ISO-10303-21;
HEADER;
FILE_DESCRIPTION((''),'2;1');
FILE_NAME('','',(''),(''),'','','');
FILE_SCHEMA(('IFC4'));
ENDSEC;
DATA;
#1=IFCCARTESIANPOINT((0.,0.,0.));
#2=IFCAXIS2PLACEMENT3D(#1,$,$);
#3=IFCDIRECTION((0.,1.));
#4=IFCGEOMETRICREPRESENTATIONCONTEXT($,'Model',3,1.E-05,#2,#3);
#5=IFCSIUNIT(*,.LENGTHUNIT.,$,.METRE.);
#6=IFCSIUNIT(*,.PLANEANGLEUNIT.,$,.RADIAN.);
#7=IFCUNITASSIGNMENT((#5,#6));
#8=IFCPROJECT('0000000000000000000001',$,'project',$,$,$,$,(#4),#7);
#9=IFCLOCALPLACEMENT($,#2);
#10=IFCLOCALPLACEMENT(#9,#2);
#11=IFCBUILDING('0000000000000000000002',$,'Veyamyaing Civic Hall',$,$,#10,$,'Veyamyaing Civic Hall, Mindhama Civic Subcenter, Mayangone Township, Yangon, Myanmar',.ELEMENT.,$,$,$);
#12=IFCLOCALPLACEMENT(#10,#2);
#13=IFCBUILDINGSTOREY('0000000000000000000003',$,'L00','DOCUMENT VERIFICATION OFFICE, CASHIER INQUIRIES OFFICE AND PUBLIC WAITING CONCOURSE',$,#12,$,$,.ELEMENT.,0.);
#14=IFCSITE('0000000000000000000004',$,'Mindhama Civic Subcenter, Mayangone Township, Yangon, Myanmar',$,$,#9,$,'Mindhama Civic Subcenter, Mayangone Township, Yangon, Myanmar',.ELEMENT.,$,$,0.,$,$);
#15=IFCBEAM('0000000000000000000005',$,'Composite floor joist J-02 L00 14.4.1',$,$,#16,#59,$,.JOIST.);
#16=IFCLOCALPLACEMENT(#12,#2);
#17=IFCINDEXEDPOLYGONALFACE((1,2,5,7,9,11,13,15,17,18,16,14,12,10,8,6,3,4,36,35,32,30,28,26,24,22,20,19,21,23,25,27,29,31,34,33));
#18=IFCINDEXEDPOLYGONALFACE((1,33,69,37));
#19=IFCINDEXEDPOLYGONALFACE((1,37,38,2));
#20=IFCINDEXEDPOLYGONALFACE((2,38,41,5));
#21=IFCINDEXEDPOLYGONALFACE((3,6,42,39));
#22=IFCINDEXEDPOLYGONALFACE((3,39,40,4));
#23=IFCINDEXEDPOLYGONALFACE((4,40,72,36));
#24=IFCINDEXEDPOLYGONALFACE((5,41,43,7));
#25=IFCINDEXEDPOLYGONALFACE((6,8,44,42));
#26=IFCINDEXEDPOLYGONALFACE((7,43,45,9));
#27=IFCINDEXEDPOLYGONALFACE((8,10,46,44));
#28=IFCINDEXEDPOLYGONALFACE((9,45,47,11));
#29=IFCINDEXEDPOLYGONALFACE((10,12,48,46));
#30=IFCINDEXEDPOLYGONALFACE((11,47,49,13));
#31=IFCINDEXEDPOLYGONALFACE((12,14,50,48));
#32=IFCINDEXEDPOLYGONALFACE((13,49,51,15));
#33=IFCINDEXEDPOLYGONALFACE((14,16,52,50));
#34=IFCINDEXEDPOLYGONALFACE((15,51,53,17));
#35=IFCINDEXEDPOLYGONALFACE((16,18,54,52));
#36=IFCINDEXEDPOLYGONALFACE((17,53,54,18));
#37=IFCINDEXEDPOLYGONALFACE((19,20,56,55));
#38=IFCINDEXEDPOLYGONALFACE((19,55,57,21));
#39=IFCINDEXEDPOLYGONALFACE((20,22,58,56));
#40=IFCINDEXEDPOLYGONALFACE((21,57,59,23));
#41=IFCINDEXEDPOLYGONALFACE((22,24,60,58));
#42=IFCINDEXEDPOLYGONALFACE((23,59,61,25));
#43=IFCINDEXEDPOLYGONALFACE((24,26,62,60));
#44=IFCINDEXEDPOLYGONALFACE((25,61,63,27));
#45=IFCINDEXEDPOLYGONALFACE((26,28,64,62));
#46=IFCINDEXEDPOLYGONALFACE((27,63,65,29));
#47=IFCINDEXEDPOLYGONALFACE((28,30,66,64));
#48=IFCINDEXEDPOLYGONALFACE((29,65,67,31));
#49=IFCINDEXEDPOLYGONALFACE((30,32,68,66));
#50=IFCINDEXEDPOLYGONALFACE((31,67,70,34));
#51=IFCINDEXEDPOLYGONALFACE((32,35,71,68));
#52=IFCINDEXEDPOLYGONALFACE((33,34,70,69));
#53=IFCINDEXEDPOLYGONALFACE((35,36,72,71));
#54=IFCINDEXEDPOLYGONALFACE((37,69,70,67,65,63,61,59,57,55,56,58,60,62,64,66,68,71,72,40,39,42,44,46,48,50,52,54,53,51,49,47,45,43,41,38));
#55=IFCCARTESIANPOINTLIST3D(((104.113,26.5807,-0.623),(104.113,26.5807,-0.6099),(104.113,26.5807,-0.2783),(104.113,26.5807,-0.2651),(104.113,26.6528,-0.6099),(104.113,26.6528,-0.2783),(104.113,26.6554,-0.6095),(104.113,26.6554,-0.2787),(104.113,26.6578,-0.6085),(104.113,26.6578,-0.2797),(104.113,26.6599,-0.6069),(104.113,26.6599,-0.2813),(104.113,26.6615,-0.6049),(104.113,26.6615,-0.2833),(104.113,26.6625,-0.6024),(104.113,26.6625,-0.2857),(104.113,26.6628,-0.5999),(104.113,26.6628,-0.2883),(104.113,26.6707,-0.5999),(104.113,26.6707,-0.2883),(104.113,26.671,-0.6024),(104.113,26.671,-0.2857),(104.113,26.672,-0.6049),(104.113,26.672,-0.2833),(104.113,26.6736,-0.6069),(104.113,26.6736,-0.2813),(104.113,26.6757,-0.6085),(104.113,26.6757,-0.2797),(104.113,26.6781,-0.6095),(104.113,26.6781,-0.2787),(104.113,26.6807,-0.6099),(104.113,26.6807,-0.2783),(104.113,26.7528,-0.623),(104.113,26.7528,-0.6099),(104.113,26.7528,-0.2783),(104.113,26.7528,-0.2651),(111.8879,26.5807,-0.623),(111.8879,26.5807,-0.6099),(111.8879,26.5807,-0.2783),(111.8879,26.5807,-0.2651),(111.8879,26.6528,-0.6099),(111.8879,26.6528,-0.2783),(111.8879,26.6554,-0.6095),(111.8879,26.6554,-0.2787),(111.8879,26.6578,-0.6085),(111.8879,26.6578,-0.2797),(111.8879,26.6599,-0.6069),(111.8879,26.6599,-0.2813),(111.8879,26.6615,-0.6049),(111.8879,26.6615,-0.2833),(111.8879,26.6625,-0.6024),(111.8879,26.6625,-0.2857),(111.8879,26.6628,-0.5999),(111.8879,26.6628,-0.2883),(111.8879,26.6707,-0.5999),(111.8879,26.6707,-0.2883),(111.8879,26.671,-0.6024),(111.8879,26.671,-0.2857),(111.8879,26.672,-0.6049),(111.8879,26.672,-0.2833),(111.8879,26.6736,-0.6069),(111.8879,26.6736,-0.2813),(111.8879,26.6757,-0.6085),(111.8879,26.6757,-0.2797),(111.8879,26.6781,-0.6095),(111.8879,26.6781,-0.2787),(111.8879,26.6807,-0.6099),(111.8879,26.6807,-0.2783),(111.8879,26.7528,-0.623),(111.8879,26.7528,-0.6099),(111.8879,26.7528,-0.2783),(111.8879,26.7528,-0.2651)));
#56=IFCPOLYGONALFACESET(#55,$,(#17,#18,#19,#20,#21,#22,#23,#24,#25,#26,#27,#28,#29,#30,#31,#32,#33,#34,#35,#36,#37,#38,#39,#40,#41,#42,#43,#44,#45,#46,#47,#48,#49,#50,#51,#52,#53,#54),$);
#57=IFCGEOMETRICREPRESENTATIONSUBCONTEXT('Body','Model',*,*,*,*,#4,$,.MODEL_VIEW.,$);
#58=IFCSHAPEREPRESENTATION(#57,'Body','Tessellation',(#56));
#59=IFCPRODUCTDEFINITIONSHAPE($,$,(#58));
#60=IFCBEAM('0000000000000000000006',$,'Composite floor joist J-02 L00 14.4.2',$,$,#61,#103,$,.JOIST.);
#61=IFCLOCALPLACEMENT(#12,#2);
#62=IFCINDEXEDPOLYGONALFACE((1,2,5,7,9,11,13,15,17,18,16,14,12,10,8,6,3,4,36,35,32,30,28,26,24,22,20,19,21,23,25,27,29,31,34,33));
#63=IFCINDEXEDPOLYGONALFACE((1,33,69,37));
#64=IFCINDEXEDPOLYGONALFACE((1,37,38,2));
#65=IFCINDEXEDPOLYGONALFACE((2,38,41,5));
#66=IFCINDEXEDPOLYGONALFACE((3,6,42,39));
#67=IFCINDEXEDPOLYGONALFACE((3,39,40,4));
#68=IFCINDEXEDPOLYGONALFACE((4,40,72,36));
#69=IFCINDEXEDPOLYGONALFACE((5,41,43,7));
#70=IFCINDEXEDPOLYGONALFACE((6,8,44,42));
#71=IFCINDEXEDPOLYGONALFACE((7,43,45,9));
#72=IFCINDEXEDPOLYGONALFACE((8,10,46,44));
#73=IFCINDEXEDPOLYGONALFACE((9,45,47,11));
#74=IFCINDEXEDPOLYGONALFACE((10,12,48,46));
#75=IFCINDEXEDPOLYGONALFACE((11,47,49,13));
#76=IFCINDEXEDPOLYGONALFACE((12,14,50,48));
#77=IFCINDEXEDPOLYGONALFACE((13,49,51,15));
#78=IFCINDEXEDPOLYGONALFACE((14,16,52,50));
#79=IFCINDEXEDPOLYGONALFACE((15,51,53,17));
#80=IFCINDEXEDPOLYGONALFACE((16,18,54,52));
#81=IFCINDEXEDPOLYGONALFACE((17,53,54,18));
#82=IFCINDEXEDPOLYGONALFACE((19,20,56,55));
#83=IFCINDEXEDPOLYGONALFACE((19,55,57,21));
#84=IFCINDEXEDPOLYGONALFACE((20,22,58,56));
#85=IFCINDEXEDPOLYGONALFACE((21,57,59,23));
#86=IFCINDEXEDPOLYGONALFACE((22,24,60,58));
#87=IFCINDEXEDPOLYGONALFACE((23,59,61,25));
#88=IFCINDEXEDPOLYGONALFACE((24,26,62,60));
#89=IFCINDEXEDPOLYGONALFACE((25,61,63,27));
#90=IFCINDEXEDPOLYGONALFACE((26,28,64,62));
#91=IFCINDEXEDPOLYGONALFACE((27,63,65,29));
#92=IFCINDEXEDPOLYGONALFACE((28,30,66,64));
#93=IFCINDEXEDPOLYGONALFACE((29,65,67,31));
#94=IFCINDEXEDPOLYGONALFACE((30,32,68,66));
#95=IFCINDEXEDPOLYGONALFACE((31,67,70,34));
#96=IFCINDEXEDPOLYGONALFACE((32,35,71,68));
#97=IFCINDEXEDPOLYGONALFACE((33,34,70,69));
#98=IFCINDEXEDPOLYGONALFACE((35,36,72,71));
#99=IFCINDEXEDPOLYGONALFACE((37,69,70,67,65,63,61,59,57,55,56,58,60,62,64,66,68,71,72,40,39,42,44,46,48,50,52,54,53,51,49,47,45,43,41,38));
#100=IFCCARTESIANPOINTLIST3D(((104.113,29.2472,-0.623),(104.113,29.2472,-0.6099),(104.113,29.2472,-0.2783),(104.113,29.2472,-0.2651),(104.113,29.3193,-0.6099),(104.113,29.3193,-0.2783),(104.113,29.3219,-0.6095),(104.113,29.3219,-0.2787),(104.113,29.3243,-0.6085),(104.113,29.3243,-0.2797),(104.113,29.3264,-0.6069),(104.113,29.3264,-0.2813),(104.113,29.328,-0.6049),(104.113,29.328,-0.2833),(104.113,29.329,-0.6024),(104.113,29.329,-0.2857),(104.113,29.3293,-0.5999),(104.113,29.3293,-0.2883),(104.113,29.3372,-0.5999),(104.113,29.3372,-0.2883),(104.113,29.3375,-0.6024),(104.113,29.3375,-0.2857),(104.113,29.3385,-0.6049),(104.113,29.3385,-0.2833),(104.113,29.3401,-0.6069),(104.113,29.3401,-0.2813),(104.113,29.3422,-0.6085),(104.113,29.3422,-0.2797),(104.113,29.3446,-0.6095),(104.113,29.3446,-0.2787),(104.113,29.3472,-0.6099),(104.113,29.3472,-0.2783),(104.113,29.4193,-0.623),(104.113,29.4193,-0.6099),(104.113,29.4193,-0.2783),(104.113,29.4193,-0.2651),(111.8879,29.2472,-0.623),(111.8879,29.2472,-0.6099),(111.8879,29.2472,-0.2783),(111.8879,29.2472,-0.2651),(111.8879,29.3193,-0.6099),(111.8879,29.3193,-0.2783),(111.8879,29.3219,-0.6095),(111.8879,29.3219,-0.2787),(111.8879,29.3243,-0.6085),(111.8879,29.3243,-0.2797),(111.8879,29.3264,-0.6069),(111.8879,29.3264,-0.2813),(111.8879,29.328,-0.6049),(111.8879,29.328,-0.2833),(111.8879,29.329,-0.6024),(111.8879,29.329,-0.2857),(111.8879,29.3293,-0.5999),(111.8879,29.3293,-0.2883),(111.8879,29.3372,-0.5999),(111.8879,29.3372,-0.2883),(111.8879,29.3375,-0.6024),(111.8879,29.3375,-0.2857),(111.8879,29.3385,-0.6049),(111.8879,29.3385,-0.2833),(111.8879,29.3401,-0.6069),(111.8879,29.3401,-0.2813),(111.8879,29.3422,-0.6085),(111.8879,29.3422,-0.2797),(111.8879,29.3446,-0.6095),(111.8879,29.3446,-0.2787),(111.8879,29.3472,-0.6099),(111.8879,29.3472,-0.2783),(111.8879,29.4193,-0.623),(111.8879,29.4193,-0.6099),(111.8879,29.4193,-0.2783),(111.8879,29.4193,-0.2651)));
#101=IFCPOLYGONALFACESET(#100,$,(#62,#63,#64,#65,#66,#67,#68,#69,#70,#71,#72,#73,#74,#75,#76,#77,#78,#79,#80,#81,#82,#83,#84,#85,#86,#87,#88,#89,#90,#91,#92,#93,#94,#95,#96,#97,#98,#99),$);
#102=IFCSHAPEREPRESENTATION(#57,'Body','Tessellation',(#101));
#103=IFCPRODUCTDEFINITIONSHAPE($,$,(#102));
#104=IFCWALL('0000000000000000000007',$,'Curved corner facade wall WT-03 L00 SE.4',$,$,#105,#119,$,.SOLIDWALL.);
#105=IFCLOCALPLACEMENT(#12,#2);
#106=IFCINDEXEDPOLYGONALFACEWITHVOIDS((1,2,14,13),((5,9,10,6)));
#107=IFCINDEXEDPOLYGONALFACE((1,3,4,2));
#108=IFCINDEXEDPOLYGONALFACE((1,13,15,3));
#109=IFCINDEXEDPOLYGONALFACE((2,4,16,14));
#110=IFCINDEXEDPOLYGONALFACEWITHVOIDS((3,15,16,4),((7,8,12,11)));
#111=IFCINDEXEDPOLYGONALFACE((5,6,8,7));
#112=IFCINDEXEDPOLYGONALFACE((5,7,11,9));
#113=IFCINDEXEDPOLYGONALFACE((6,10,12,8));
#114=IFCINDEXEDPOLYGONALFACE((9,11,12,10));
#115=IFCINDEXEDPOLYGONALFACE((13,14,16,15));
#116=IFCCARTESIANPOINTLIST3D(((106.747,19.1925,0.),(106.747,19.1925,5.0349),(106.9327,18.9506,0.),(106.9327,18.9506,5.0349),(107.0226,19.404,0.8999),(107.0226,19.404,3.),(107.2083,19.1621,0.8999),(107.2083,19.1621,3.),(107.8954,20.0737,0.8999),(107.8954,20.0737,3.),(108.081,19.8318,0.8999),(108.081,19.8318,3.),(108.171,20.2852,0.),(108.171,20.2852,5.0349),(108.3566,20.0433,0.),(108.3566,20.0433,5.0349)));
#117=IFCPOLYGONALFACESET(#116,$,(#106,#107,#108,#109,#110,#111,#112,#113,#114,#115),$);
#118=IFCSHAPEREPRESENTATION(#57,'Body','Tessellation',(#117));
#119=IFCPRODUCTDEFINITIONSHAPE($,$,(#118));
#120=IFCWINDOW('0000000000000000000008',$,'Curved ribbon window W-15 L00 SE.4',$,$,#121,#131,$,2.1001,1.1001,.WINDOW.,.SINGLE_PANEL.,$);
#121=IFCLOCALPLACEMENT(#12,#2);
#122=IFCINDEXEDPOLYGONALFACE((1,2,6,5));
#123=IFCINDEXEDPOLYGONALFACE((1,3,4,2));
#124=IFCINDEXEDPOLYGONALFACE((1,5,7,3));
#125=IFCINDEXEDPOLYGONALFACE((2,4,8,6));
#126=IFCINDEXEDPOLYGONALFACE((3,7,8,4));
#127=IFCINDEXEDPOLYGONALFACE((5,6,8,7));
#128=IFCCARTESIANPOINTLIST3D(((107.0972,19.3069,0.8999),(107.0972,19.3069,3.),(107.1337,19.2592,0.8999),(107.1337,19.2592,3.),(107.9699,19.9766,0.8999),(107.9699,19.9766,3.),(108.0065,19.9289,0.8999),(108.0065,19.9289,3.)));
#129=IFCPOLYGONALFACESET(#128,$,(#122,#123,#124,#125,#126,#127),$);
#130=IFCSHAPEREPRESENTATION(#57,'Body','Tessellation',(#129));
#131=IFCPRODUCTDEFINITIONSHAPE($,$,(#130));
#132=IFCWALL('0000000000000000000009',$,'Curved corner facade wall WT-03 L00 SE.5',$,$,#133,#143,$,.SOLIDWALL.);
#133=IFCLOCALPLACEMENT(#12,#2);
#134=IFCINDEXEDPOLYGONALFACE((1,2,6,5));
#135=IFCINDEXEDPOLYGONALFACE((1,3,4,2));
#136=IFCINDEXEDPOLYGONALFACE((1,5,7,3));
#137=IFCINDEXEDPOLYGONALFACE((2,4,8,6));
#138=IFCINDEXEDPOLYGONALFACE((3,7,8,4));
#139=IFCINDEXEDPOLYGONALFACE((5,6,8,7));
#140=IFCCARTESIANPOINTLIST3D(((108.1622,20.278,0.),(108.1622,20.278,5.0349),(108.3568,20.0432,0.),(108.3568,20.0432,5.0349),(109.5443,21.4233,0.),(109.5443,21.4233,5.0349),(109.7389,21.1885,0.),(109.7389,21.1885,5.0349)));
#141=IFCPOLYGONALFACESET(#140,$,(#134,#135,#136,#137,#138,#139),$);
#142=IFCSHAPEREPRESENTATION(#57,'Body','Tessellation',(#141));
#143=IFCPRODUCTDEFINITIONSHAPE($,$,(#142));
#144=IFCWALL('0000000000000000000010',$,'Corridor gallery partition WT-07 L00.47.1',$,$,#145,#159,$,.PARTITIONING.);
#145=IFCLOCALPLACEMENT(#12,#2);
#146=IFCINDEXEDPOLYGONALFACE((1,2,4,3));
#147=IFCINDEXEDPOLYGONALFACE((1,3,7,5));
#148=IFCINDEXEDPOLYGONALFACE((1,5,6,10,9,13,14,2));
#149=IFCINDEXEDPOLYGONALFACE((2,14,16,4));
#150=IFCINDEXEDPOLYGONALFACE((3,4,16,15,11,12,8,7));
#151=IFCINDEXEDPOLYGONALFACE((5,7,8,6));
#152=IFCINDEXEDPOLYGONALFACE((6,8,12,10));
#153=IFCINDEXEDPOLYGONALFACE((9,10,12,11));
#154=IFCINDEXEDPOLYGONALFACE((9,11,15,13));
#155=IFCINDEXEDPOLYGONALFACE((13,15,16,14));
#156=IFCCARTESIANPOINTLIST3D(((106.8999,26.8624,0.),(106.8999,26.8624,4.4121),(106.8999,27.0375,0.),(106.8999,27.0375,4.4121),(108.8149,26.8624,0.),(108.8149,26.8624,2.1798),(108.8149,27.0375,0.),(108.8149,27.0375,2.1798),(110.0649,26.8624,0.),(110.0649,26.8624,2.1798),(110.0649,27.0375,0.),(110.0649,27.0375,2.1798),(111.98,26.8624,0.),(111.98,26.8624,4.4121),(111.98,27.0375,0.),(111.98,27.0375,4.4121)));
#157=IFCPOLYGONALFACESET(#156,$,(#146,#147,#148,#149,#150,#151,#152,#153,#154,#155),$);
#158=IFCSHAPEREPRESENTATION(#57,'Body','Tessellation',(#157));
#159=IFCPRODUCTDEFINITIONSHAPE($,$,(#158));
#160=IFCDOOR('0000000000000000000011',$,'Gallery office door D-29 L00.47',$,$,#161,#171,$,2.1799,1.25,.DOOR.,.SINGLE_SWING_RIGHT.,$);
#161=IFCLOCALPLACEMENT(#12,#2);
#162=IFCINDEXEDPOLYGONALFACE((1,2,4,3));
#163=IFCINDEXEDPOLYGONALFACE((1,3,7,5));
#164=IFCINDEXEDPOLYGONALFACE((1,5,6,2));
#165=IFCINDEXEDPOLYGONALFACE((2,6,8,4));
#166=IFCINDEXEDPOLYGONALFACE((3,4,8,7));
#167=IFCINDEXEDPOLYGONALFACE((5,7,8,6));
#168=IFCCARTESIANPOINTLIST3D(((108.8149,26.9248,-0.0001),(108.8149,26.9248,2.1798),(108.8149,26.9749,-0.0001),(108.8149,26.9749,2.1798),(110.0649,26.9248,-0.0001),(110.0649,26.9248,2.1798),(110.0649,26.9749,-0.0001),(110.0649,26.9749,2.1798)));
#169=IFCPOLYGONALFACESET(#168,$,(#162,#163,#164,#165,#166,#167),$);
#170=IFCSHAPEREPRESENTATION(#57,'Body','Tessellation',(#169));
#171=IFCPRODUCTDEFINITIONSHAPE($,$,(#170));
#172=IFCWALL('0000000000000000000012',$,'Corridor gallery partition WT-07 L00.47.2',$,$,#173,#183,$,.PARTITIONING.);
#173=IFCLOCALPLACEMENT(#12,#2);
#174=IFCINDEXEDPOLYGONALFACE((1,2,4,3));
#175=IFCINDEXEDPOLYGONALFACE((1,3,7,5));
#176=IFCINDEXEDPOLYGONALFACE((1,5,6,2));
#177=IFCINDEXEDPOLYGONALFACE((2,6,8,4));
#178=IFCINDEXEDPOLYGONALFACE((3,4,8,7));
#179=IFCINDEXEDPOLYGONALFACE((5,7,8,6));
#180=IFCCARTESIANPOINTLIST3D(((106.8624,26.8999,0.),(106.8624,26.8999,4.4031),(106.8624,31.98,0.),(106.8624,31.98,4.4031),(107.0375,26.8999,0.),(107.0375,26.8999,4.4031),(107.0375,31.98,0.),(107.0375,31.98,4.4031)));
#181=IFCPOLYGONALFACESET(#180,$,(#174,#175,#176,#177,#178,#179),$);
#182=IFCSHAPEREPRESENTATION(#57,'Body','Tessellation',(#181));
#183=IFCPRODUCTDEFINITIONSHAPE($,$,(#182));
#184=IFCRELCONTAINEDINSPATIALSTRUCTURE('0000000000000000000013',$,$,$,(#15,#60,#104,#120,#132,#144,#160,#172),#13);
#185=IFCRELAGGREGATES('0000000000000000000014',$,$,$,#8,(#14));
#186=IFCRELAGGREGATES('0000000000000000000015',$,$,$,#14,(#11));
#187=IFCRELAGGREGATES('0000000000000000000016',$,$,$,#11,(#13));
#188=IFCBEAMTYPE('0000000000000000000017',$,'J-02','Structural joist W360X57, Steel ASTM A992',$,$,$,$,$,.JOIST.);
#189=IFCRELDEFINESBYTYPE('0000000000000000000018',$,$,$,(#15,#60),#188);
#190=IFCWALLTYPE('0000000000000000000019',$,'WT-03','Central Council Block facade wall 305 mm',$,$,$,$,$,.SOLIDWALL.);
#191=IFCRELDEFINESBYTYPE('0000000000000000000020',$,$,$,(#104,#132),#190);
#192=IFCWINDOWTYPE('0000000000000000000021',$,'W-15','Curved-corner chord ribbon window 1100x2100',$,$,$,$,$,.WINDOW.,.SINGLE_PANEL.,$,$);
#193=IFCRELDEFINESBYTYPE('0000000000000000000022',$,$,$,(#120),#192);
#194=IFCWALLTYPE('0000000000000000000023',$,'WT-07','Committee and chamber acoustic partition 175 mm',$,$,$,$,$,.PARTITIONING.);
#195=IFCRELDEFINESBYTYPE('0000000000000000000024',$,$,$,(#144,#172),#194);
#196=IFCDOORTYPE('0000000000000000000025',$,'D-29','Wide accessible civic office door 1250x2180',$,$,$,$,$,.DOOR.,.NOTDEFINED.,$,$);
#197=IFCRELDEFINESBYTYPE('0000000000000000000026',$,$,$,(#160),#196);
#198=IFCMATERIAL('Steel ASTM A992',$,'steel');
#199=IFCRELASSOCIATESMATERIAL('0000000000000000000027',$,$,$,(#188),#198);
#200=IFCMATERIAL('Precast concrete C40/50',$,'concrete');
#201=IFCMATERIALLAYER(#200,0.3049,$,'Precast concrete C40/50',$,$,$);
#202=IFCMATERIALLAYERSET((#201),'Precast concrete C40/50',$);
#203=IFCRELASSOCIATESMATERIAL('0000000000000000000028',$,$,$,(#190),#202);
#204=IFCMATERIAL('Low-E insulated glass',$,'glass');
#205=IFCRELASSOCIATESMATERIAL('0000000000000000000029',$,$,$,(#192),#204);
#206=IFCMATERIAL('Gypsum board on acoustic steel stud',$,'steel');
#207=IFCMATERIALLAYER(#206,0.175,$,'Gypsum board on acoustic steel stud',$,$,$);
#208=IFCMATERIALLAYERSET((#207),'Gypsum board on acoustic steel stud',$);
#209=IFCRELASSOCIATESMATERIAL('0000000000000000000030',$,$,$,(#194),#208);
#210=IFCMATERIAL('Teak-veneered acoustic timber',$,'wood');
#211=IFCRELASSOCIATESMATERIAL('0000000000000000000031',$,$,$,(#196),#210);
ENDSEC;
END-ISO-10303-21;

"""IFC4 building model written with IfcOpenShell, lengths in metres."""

from ifc_helpers import new_model, si_unit, direction, frame, frame_2d, origin, origin_2d, place, context, subcontext, project, spatial, rectangle, i_section, extrude, material, layer, layer_set, material_profile, profile_set, type_object, element, fill, save


model = new_model("IFC4")

# Units and contexts
model_context = context("Model", 3, precision=1e-05, world=origin(), true_north=direction((0.0, 1.0)))
body_context = subcontext(model_context, "Body", "Model", "MODEL_VIEW")
ifc_project = project(units=[si_unit("LENGTHUNIT", "METRE"), si_unit("PLANEANGLEUNIT", "RADIAN")], contexts=[model_context])

# Site, building, storey
site_placement = place(None, origin())
site = spatial("IfcSite", under=ifc_project, at=site_placement, Name="Mindhama Civic Subcenter, Mayangone Township, Yangon, Myanmar", LongName="Mindhama Civic Subcenter, Mayangone Township, Yangon, Myanmar", CompositionType="ELEMENT", RefElevation=0.0)
building_placement = place(site_placement, origin())
building = spatial("IfcBuilding", under=site, at=building_placement, Name="Veyamyaing Civic Hall", LongName="Veyamyaing Civic Hall, Mindhama Civic Subcenter, Mayangone Township, Yangon, Myanmar", CompositionType="ELEMENT")
storey_placement = place(building_placement, origin())
storey = spatial("IfcBuildingStorey", under=building, at=storey_placement, Name="L00", Description="DOCUMENT VERIFICATION OFFICE, CASHIER INQUIRIES OFFICE AND PUBLIC WAITING CONCOURSE", CompositionType="ELEMENT", Elevation=0.0)

# Beams
ifc_material_1 = material(Name="Steel ASTM A992", Category="steel")
ifc_material_profile_1 = material_profile(ifc_material_1, i_section(OverallWidth=0.1721, OverallDepth=0.3579, WebThickness=0.0078, FlangeThickness=0.0132, FilletRadius=0.01, at=origin_2d()), Name="W360X57")
ifc_profile_set_1 = profile_set([ifc_material_profile_1], Name="Steel ASTM A992")
beam_type_1 = type_object("IfcBeamType", Name="J-02", Description="Structural joist W360X57, Steel ASTM A992", PredefinedType="JOIST", material=ifc_profile_set_1)
for number, where, z_axis, x_axis, name in (
    (1, (104.113, 26.6667, -0.4441), (1.0, 0.0, 0.0), (0.0, 1.0, 0.0), "Composite floor joist J-02 L00 14.4.1"),
    (2, (104.113, 29.3333, -0.4441), (1.0, 0.0, 0.0), (0.0, 1.0, 0.0), "Composite floor joist J-02 L00 14.4.2"),
):
    element("IfcBeam", number, at=place(storey_placement, frame(where, z_axis=z_axis, x_axis=x_axis)), inside=storey, type_object=beam_type_1, Name=name, PredefinedType="JOIST", context=body_context, shape_type="SweptSolid", body=[
        extrude(i_section(OverallWidth=0.1721, OverallDepth=0.3579, WebThickness=0.0078, FlangeThickness=0.0132, FilletRadius=0.01, at=origin_2d()), origin(), (0.0, 0.0, 1.0), 7.7749),
    ])

# Wall, opening, window
ifc_material_2 = material(Name="Precast concrete C40/50", Category="concrete")
ifc_layer_1 = layer(ifc_material_2, 0.3049, Name="Precast concrete C40/50")
ifc_layer_set_1 = layer_set([ifc_layer_1], Name="Precast concrete C40/50")
wall_type_1 = type_object("IfcWallType", Name="WT-03", Description="Central Council Block facade wall 305 mm", PredefinedType="SOLIDWALL", material=ifc_layer_set_1)
wall_1_placement = place(storey_placement, frame((106.8398, 19.0715, 0.0), z_axis=(0.0, 0.0, 1.0), x_axis=(0.793341, 0.608777, 0.0)))
wall_1 = element("IfcWall", 3, at=wall_1_placement, inside=storey, type_object=wall_type_1, Name="Curved corner facade wall WT-03 L00 SE.4", PredefinedType="SOLIDWALL", context=body_context, shape_type="SweptSolid", body=[
    extrude(rectangle(XDim=1.7949, YDim=0.3049, at=frame_2d((0.8975, 0.0))), origin(), (0.0, 0.0, 1.0), 5.0349),
])
opening_1_placement = place(wall_1_placement, frame((0.3474, 0.0, 0.8999)))
opening_1 = element("IfcOpeningElement", 4, at=opening_1_placement, cuts=wall_1, PredefinedType="OPENING", context=body_context, shape_type="SweptSolid", body=[
    extrude(rectangle(XDim=1.1001, YDim=2.1001, at=frame_2d((0.55, 1.05))), frame((0.0, 0.1624, 0.0), z_axis=(0.0, -1.0, 0.0), x_axis=(1.0, 0.0, 0.0)), (0.0, 0.0, 1.0), 0.325),
])
ifc_material_3 = material(Name="Low-E insulated glass", Category="glass")
window_type = type_object("IfcWindowType", Name="W-15", Description="Curved-corner chord ribbon window 1100x2100", PartitioningType="SINGLE_PANEL", PredefinedType="WINDOW", material=ifc_material_3)
window_placement = place(opening_1_placement, origin())
window = element("IfcWindow", 5, at=window_placement, inside=storey, type_object=window_type, Name="Curved ribbon window W-15 L00 SE.4", OverallHeight=2.1001, OverallWidth=1.1001, PartitioningType="SINGLE_PANEL", PredefinedType="WINDOW", context=body_context, shape_type="SweptSolid", body=[
    extrude(rectangle(XDim=1.1001, YDim=2.1001, at=frame_2d((0.55, 1.05))), frame((0.0, 0.03, 0.0), z_axis=(0.0, -1.0, 0.0), x_axis=(1.0, 0.0, 0.0)), (0.0, 0.0, 1.0), 0.0601),
])
fill(opening_1, window)

# Wall
wall_2_placement = place(storey_placement, frame((108.2595, 20.1606, 0.0), z_axis=(0.0, 0.0, 1.0), x_axis=(0.769991, 0.638055, 0.0)))
element("IfcWall", 6, at=wall_2_placement, inside=storey, type_object=wall_type_1, Name="Curved corner facade wall WT-03 L00 SE.5", PredefinedType="SOLIDWALL", context=body_context, shape_type="SweptSolid", body=[
    extrude(rectangle(XDim=1.7949, YDim=0.3049, at=frame_2d((0.8975, 0.0))), origin(), (0.0, 0.0, 1.0), 5.0349),
])

# Wall, opening, door
ifc_material_4 = material(Name="Gypsum board on acoustic steel stud", Category="steel")
ifc_layer_2 = layer(ifc_material_4, 0.175, Name="Gypsum board on acoustic steel stud")
ifc_layer_set_2 = layer_set([ifc_layer_2], Name="Gypsum board on acoustic steel stud")
wall_type_2 = type_object("IfcWallType", Name="WT-07", Description="Committee and chamber acoustic partition 175 mm", PredefinedType="PARTITIONING", material=ifc_layer_set_2)
wall_3_placement = place(storey_placement, frame((106.8999, 26.95, 0.0), z_axis=(0.0, 0.0, 1.0), x_axis=(1.0, 0.0, 0.0)))
wall_3 = element("IfcWall", 7, at=wall_3_placement, inside=storey, type_object=wall_type_2, Name="Corridor gallery partition WT-07 L00.47.1", PredefinedType="PARTITIONING", context=body_context, shape_type="SweptSolid", body=[
    extrude(rectangle(XDim=5.0801, YDim=0.175, at=frame_2d((2.54, 0.0))), origin(), (0.0, 0.0, 1.0), 4.4121),
])
opening_2_placement = place(wall_3_placement, frame((1.915, 0.0, 0.0)))
opening_2 = element("IfcOpeningElement", 8, at=opening_2_placement, cuts=wall_3, PredefinedType="OPENING", context=body_context, shape_type="SweptSolid", body=[
    extrude(rectangle(XDim=1.25, YDim=2.1799, at=frame_2d((0.625, 1.0898))), frame((0.0, 0.0974, 0.0), z_axis=(0.0, -1.0, 0.0), x_axis=(1.0, 0.0, 0.0)), (0.0, 0.0, 1.0), 0.1951),
])
ifc_material_5 = material(Name="Teak-veneered acoustic timber", Category="wood")
door_type_1 = type_object("IfcDoorType", Name="D-29", Description="Wide accessible civic office door 1250x2180", OperationType="NOTDEFINED", PredefinedType="DOOR", material=ifc_material_5)
door_1_placement = place(opening_2_placement, origin())
door_1 = element("IfcDoor", 9, at=door_1_placement, inside=storey, type_object=door_type_1, Name="Gallery office door D-29 L00.47", OperationType="SINGLE_SWING_RIGHT", OverallHeight=2.1799, OverallWidth=1.25, PredefinedType="DOOR", context=body_context, shape_type="SweptSolid", body=[
    extrude(rectangle(XDim=1.25, YDim=2.1799, at=frame_2d((0.625, 1.0898))), frame((0.0, 0.0249, 0.0), z_axis=(0.0, -1.0, 0.0), x_axis=(1.0, 0.0, 0.0)), (0.0, 0.0, 1.0), 0.05),
])
fill(opening_2, door_1)

# Wall
wall_4_placement = place(storey_placement, frame((106.95, 26.8999, 0.0), z_axis=(0.0, 0.0, 1.0), x_axis=(0.0, 1.0, 0.0)))
element("IfcWall", 10, at=wall_4_placement, inside=storey, type_object=wall_type_2, Name="Corridor gallery partition WT-07 L00.47.2", PredefinedType="PARTITIONING", context=body_context, shape_type="SweptSolid", body=[
    extrude(rectangle(XDim=5.0801, YDim=0.175, at=frame_2d((2.54, 0.0))), origin(), (0.0, 0.0, 1.0), 4.4031),
])

save(model, "model.ifc")
